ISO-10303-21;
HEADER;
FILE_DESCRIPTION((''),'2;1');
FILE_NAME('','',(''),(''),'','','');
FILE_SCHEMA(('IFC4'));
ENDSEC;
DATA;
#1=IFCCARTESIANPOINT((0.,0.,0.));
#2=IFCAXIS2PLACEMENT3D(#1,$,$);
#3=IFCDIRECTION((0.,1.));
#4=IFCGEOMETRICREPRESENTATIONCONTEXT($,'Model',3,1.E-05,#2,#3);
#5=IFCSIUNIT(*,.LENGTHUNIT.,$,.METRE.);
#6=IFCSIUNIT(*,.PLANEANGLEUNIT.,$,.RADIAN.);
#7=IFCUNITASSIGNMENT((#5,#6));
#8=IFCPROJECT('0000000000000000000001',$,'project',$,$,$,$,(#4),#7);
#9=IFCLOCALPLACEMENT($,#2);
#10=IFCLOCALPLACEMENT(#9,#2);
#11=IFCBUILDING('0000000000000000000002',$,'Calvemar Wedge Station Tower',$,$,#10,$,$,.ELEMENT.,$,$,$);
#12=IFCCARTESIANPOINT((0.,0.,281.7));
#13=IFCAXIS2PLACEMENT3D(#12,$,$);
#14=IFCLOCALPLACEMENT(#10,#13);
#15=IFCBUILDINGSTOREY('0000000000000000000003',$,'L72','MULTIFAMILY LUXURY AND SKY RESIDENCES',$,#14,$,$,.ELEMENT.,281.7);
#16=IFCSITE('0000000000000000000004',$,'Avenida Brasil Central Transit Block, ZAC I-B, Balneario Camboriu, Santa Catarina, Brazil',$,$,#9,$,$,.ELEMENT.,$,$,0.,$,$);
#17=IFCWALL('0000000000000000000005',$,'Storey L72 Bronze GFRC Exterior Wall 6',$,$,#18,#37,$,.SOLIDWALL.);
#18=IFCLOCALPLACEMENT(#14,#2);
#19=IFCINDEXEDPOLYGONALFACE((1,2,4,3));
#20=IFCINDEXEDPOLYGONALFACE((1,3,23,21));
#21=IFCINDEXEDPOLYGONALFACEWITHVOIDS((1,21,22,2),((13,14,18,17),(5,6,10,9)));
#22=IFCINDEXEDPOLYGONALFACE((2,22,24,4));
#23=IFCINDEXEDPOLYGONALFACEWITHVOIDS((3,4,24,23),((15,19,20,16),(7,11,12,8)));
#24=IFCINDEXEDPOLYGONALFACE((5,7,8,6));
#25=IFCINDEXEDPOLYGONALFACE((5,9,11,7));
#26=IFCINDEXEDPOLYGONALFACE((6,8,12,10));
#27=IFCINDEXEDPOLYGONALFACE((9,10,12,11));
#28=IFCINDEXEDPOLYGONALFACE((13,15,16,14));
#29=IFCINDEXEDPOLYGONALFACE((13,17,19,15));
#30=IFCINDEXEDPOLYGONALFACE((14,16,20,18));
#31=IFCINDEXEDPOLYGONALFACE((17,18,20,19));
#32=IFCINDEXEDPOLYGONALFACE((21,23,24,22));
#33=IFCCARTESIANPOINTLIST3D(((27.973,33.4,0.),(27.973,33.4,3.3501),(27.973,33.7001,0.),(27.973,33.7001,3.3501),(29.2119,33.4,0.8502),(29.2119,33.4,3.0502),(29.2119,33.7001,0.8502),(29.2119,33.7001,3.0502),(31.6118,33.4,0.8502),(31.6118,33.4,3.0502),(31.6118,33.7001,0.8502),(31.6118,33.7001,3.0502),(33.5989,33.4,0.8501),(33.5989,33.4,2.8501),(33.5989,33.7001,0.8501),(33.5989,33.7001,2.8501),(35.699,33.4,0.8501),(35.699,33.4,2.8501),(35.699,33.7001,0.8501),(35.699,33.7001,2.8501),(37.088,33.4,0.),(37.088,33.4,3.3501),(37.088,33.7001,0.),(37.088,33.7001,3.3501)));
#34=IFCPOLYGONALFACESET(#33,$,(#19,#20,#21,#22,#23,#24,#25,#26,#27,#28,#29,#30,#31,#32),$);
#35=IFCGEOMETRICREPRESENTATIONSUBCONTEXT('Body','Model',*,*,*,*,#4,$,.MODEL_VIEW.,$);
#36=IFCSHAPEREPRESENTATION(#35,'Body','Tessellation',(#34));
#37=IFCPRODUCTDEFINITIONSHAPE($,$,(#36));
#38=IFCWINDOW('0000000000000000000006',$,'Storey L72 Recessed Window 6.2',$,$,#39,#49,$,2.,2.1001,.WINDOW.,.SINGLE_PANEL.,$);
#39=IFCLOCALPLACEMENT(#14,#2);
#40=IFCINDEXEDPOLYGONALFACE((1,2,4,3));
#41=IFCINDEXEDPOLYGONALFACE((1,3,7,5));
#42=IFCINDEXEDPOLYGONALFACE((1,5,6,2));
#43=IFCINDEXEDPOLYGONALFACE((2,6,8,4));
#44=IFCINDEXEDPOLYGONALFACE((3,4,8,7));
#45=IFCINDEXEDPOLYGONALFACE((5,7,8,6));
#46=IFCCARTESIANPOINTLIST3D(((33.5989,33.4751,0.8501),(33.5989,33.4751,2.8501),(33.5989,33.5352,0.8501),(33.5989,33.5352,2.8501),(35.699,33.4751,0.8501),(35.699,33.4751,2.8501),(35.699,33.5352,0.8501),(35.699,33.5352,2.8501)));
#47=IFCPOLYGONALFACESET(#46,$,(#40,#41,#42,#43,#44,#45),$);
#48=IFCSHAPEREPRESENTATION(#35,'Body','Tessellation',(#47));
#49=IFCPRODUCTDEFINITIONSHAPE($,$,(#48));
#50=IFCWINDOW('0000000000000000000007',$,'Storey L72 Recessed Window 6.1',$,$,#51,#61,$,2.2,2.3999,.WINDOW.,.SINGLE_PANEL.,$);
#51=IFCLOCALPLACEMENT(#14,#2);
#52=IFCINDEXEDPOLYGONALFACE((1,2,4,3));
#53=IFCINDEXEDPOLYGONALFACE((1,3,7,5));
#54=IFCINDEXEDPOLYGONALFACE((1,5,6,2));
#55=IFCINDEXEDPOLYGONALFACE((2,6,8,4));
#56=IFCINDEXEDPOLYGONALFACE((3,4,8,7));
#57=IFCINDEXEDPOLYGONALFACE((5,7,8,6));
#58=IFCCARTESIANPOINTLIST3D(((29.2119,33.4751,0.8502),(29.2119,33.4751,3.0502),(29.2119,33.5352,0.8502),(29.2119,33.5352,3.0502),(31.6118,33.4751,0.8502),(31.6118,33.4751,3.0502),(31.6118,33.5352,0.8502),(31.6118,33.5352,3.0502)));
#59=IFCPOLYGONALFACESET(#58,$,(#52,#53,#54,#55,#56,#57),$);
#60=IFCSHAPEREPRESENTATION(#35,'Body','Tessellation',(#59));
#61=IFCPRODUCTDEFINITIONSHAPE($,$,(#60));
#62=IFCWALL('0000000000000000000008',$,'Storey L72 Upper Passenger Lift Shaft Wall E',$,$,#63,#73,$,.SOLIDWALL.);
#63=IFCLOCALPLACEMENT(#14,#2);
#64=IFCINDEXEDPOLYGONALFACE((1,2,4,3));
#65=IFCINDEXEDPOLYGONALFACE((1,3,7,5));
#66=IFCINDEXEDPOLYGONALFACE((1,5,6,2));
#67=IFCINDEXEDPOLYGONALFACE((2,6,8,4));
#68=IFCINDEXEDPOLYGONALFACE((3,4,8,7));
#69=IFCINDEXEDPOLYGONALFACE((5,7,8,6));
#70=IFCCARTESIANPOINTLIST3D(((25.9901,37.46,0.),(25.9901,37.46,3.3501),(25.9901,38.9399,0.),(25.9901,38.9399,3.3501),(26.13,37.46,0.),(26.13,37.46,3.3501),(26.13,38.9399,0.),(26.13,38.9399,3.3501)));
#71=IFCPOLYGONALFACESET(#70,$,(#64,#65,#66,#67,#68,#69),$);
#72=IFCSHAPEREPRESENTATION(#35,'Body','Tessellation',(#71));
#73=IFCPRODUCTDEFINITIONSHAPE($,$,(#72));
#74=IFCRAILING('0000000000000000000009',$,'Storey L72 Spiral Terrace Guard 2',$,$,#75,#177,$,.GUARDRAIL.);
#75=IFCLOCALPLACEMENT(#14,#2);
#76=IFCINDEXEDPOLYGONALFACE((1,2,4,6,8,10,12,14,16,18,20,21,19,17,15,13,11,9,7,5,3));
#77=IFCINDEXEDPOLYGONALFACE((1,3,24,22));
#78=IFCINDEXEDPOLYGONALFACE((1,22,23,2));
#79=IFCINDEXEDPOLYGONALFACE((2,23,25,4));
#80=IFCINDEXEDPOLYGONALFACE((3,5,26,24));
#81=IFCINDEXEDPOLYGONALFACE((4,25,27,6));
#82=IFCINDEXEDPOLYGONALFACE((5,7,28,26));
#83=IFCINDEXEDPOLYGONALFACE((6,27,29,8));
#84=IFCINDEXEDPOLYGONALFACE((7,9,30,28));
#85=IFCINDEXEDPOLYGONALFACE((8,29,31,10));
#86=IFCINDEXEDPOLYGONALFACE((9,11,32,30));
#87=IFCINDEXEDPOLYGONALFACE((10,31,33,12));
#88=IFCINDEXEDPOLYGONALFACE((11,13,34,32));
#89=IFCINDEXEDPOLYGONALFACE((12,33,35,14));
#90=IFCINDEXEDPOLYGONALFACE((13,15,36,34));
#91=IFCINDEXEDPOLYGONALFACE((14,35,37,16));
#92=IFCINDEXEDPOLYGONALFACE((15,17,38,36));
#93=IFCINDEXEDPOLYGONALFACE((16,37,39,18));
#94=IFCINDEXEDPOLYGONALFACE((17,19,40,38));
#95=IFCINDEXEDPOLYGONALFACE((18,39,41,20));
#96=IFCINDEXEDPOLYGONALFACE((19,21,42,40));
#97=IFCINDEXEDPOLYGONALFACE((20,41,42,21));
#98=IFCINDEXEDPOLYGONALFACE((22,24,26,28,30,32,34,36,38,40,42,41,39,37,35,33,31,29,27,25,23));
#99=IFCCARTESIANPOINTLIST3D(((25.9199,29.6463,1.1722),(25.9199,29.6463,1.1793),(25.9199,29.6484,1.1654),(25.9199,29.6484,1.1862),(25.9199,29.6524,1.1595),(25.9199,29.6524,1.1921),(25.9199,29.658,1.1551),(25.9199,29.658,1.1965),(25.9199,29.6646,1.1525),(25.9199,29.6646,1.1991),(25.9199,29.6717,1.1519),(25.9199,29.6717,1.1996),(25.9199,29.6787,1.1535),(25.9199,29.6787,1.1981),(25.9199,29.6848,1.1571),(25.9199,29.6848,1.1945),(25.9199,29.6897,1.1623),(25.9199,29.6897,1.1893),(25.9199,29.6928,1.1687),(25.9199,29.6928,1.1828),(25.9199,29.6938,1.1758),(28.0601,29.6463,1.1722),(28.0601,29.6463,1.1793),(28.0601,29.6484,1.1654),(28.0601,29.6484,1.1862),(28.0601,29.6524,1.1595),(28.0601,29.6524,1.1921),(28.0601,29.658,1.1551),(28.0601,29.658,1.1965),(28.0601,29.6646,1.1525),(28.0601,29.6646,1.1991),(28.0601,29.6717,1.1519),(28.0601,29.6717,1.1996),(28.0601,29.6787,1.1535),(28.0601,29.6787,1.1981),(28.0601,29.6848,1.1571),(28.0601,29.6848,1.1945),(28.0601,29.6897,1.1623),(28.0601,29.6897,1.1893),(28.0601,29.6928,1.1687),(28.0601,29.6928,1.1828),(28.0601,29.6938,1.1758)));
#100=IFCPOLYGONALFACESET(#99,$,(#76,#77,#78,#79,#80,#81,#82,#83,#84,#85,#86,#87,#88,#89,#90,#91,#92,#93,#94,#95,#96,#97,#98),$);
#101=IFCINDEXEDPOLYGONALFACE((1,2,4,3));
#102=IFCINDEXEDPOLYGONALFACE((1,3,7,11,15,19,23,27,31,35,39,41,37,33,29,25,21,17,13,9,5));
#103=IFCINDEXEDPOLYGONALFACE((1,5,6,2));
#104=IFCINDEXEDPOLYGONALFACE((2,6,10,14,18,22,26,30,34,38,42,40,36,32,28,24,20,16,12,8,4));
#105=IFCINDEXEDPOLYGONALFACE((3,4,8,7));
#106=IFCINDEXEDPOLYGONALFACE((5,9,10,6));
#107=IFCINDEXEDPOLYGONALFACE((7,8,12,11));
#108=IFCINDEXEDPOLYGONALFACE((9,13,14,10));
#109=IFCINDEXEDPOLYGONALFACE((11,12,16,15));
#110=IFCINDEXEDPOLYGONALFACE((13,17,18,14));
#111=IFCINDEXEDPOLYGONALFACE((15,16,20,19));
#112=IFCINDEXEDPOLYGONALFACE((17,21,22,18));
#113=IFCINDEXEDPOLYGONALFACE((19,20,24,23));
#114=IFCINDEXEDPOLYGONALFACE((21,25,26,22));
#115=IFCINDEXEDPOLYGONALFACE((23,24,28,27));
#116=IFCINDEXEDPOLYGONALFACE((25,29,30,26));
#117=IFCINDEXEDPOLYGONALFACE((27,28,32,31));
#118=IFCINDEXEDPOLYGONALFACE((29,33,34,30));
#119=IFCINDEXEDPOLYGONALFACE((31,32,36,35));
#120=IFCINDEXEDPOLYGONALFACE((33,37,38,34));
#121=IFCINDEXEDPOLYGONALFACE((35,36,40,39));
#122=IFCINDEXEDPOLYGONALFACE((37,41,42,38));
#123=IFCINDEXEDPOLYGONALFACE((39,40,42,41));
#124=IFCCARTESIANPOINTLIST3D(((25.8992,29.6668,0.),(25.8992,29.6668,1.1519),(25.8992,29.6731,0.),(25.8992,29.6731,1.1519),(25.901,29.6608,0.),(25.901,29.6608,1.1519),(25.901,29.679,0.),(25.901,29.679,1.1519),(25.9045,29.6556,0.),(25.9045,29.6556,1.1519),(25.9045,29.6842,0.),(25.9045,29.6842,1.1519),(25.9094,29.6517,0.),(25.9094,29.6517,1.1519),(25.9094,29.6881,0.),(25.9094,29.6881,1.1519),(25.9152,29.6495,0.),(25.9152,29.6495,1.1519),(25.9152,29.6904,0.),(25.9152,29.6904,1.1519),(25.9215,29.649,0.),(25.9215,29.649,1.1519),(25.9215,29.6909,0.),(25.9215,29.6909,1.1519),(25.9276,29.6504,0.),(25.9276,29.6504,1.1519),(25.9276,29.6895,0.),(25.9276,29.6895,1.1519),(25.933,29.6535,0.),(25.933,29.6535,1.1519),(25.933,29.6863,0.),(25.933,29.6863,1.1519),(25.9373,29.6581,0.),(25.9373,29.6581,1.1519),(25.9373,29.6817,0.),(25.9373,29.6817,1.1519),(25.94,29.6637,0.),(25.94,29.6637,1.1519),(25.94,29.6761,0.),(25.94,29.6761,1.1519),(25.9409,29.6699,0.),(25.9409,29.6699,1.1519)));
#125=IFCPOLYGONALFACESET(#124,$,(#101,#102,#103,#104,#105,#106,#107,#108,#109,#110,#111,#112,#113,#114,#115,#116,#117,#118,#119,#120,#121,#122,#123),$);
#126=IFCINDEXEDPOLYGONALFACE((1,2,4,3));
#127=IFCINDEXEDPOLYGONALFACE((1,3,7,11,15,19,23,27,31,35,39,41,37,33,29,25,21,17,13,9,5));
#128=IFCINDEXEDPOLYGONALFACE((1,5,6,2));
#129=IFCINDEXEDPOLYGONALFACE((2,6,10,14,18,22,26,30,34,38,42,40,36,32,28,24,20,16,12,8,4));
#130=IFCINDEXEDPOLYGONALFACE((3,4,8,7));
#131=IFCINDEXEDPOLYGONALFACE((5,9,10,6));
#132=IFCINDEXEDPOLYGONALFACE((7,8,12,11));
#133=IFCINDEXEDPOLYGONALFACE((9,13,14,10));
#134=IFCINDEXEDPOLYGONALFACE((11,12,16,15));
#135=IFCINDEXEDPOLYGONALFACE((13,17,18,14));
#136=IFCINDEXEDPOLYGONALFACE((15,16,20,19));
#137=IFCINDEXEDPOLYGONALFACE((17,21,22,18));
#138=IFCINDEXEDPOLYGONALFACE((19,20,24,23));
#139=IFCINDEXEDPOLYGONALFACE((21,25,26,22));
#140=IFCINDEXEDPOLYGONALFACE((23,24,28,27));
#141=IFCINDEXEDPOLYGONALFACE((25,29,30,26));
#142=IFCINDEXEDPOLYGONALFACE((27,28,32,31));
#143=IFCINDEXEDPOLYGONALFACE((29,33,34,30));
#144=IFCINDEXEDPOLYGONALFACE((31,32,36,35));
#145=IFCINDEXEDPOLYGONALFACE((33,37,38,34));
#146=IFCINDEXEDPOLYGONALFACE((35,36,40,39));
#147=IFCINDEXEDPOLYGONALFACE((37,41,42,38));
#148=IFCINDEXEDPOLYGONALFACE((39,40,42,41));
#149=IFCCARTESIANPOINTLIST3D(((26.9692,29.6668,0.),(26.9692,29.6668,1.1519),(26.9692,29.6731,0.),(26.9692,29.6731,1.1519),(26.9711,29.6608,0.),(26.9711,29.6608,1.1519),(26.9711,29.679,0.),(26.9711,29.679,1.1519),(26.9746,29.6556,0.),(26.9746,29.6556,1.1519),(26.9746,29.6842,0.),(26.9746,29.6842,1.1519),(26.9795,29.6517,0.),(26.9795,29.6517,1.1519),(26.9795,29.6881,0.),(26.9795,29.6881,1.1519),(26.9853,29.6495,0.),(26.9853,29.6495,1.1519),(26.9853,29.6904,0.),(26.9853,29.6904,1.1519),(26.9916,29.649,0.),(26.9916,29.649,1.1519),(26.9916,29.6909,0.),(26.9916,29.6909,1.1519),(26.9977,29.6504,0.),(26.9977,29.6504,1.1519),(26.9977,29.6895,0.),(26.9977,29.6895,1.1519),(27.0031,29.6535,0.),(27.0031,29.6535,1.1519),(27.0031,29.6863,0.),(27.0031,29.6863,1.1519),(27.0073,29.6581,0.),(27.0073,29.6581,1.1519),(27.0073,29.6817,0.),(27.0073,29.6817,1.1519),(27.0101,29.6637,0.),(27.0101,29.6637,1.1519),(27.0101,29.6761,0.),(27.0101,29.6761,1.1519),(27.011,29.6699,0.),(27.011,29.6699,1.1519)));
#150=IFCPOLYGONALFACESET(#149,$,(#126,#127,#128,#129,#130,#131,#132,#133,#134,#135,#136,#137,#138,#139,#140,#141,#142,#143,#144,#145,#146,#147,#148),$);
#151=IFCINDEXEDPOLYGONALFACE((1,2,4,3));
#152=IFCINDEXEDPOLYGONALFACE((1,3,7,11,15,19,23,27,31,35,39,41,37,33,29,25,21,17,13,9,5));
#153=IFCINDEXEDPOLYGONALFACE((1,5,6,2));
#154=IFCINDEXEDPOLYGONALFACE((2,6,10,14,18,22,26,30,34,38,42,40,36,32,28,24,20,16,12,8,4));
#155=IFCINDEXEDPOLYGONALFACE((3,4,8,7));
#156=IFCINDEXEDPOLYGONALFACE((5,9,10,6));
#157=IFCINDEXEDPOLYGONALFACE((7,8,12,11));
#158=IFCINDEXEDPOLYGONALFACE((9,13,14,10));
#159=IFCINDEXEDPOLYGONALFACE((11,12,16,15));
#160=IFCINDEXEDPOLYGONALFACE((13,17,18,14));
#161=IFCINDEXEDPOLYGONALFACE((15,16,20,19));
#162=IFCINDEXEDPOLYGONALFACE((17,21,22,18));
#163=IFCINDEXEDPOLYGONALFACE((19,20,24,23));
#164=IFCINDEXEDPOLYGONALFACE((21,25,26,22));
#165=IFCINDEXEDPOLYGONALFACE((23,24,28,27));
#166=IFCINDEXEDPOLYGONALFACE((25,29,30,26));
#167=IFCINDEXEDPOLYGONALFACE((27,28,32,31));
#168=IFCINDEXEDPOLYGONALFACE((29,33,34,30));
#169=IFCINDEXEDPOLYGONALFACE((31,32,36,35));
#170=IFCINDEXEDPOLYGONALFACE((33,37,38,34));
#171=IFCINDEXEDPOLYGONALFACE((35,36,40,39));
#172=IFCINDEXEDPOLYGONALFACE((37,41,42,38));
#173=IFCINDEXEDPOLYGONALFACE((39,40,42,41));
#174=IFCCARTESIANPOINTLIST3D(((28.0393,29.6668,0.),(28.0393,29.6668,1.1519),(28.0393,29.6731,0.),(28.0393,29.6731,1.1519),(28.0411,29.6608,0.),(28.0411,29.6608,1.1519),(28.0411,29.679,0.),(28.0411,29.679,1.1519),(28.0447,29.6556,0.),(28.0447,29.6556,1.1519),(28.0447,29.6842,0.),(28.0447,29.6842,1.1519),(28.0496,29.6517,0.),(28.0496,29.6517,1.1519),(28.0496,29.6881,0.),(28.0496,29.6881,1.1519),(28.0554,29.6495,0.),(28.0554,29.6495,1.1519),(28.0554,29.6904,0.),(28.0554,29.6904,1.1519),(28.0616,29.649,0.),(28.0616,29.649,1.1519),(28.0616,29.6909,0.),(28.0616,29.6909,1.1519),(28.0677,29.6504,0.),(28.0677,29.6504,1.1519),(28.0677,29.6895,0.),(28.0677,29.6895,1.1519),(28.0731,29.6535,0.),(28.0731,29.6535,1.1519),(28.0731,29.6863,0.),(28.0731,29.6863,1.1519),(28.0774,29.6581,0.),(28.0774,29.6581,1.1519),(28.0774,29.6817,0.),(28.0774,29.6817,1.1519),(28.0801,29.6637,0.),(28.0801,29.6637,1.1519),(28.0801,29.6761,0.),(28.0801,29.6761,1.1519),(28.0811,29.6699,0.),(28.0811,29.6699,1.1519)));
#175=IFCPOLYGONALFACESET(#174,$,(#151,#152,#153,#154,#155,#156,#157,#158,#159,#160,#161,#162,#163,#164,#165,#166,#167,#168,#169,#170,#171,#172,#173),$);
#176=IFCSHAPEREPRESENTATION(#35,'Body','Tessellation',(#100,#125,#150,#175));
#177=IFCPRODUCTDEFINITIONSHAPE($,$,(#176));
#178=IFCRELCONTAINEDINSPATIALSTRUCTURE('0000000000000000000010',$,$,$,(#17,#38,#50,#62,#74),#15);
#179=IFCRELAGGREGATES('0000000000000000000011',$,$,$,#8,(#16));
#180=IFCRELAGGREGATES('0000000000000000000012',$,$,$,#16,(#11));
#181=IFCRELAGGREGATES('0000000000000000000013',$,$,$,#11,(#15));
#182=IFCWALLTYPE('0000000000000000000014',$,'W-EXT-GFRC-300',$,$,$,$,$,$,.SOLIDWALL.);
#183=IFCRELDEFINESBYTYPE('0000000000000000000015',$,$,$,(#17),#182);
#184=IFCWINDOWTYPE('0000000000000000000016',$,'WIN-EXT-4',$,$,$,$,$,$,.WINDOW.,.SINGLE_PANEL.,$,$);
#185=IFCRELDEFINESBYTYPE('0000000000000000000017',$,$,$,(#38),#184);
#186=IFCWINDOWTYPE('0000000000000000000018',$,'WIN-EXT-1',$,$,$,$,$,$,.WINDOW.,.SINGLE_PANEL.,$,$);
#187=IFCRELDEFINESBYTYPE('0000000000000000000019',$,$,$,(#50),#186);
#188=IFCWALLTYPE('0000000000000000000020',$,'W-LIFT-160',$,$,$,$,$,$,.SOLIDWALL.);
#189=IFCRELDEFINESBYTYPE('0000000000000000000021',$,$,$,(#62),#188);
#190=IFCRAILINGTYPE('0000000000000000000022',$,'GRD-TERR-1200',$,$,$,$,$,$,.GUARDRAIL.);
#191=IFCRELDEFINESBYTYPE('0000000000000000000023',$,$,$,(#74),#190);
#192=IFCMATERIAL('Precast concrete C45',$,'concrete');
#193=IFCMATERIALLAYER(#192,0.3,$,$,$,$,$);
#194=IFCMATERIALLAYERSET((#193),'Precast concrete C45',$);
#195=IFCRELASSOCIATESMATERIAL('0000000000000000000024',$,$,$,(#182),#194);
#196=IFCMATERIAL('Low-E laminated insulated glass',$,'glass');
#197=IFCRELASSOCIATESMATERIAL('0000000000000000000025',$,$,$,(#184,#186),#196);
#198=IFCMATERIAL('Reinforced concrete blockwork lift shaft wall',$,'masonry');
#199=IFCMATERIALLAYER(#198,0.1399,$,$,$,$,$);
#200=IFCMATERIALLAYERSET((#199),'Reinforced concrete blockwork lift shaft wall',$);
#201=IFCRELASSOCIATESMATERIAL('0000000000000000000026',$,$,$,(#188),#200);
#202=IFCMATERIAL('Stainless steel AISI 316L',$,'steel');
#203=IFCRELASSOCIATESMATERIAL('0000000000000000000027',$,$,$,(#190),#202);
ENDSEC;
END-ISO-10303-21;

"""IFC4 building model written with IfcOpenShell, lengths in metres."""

from ifc_helpers import new_model, si_unit, direction, frame, frame_2d, origin, origin_2d, place, context, subcontext, project, spatial, rectangle, circle, extrude, source, transform, mapped, material, layer, layer_set, type_object, element, fill, save


model = new_model("IFC4")

# Units and contexts
model_context = context("Model", 3, precision=1e-05, world=origin(), true_north=direction((0.0, 1.0)))
body_context = subcontext(model_context, "Body", "Model", "MODEL_VIEW")
ifc_project = project(units=[si_unit("LENGTHUNIT", "METRE"), si_unit("PLANEANGLEUNIT", "RADIAN")], contexts=[model_context])

# Site, building, storey
site_placement = place(None, origin())
site = spatial("IfcSite", under=ifc_project, at=site_placement, Name="Avenida Brasil Central Transit Block, ZAC I-B, Balneario Camboriu, Santa Catarina, Brazil", CompositionType="ELEMENT", RefElevation=0.0)
building_placement = place(site_placement, origin())
building = spatial("IfcBuilding", under=site, at=building_placement, Name="Calvemar Wedge Station Tower", CompositionType="ELEMENT")
storey_placement = place(building_placement, frame((0.0, 0.0, 281.7)))
storey = spatial("IfcBuildingStorey", under=building, at=storey_placement, Name="L72", Description="MULTIFAMILY LUXURY AND SKY RESIDENCES", CompositionType="ELEMENT", Elevation=281.7)

# Shared definitions
ifc_material_1 = material(Name="Precast concrete C45", Category="concrete")

# Shared definitions
ifc_layer_1 = layer(ifc_material_1, 0.3)
ifc_layer_set_1 = layer_set([ifc_layer_1], Name="Precast concrete C45")
wall_type_1 = type_object("IfcWallType", Name="W-EXT-GFRC-300", PredefinedType="SOLIDWALL", material=ifc_layer_set_1)
shared_shape_1 = source(origin(), body_context, "Body", "SweptSolid", [
    extrude(rectangle(XDim=2.1001, YDim=2.0, at=frame_2d((1.05, 1.0))), frame((0.0, 0.1602, 0.0), z_axis=(0.0, -1.0, 0.0), x_axis=(1.0, 0.0, 0.0)), (0.0, 0.0, 1.0), 0.3201),
])
ifc_material_2 = material(Name="Low-E laminated insulated glass", Category="glass")
window_type_1 = type_object("IfcWindowType", Name="WIN-EXT-4", PartitioningType="SINGLE_PANEL", PredefinedType="WINDOW", material=ifc_material_2)
shared_shape_2 = source(origin(), body_context, "Body", "SweptSolid", [
    extrude(rectangle(XDim=2.1001, YDim=2.0, at=frame_2d((1.05, 1.0))), frame((0.0, -0.0149, 0.0), z_axis=(0.0, -1.0, 0.0), x_axis=(1.0, 0.0, 0.0)), (0.0, 0.0, 1.0), 0.0601),
])

# Wall, openings, windows
wall_1_placement = place(storey_placement, frame((27.9729, 33.55, 0.0), z_axis=(0.0, 0.0, 1.0), x_axis=(1.0, 0.0, 0.0)))
wall_1 = element("IfcWall", 1, at=wall_1_placement, inside=storey, type_object=wall_type_1, Name="Storey L72 Bronze GFRC Exterior Wall 6", PredefinedType="SOLIDWALL", context=body_context, shape_type="SweptSolid", body=[
    extrude(rectangle(XDim=9.115, YDim=0.3, at=frame_2d((4.5576, 0.0))), origin(), (0.0, 0.0, 1.0), 3.3501),
])
shared_shape_3 = source(origin(), body_context, "Body", "SweptSolid", [
    extrude(rectangle(XDim=2.3999, YDim=2.2, at=frame_2d((1.2, 1.1001))), frame((0.0, 0.1602, 0.0), z_axis=(0.0, -1.0, 0.0), x_axis=(1.0, 0.0, 0.0)), (0.0, 0.0, 1.0), 0.3201),
])
opening_1_placement = place(wall_1_placement, frame((1.239, 0.0, 0.8501)))
opening_1 = element("IfcOpeningElement", 2, at=opening_1_placement, cuts=wall_1, PredefinedType="OPENING", context=body_context, shape_type="MappedRepresentation", body=[
    mapped(shared_shape_3, transform((0.0, 0.0, 0.0), scale=1.0)),
])
opening_2_placement = place(wall_1_placement, frame((5.626, 0.0, 0.8501)))
opening_2 = element("IfcOpeningElement", 3, at=opening_2_placement, cuts=wall_1, PredefinedType="OPENING", context=body_context, shape_type="MappedRepresentation", body=[
    mapped(shared_shape_1, transform((0.0, 0.0, 0.0), scale=1.0)),
])
window_1_placement = place(opening_2_placement, origin())
window_1 = element("IfcWindow", 4, at=window_1_placement, inside=storey, type_object=window_type_1, Name="Storey L72 Recessed Window 6.2", OverallHeight=2.0, OverallWidth=2.1001, PartitioningType="SINGLE_PANEL", PredefinedType="WINDOW", context=body_context, shape_type="MappedRepresentation", body=[
    mapped(shared_shape_2, transform((0.0, 0.0, 0.0), scale=1.0)),
])
fill(opening_2, window_1)
window_type_2 = type_object("IfcWindowType", Name="WIN-EXT-1", PartitioningType="SINGLE_PANEL", PredefinedType="WINDOW", material=ifc_material_2)
shared_shape_4 = source(origin(), body_context, "Body", "SweptSolid", [
    extrude(rectangle(XDim=2.3999, YDim=2.2, at=frame_2d((1.2, 1.1001))), frame((0.0, -0.0149, 0.0), z_axis=(0.0, -1.0, 0.0), x_axis=(1.0, 0.0, 0.0)), (0.0, 0.0, 1.0), 0.0601),
])
window_2_placement = place(opening_1_placement, origin())
window_2 = element("IfcWindow", 5, at=window_2_placement, inside=storey, type_object=window_type_2, Name="Storey L72 Recessed Window 6.1", OverallHeight=2.2, OverallWidth=2.3999, PartitioningType="SINGLE_PANEL", PredefinedType="WINDOW", context=body_context, shape_type="MappedRepresentation", body=[
    mapped(shared_shape_4, transform((0.0, 0.0, 0.0), scale=1.0)),
])
fill(opening_1, window_2)

# Wall
ifc_material_3 = material(Name="Reinforced concrete blockwork lift shaft wall", Category="masonry")
ifc_layer_2 = layer(ifc_material_3, 0.1399)
ifc_layer_set_2 = layer_set([ifc_layer_2], Name="Reinforced concrete blockwork lift shaft wall")
wall_type_2 = type_object("IfcWallType", Name="W-LIFT-160", PredefinedType="SOLIDWALL", material=ifc_layer_set_2)
wall_2_placement = place(storey_placement, frame((26.0601, 37.46, 0.0), z_axis=(0.0, 0.0, 1.0), x_axis=(0.0, 1.0, 0.0)))
element("IfcWall", 6, at=wall_2_placement, inside=storey, type_object=wall_type_2, Name="Storey L72 Upper Passenger Lift Shaft Wall E", PredefinedType="SOLIDWALL", context=body_context, shape_type="SweptSolid", body=[
    extrude(rectangle(XDim=1.48, YDim=0.1399, at=frame_2d((0.74, 0.0))), origin(), (0.0, 0.0, 1.0), 3.3501),
])

# Railing
ifc_material_4 = material(Name="Stainless steel AISI 316L", Category="steel")
railing_type = type_object("IfcRailingType", Name="GRD-TERR-1200", PredefinedType="GUARDRAIL", material=ifc_material_4)
railing_placement = place(storey_placement, frame((25.9199, 29.6699, 0.0)))
element("IfcRailing", 7, at=railing_placement, inside=storey, type_object=railing_type, Name="Storey L72 Spiral Terrace Guard 2", PredefinedType="GUARDRAIL", context=body_context, shape_type="SweptSolid", body=[
    extrude(circle(Radius=0.0239, at=origin_2d()), frame((0.0, 0.0, 1.1758), z_axis=(1.0, 0.0, 0.0), x_axis=(0.0, 1.0, 0.0)), (0.0, 0.0, 1.0), 2.1401),
    extrude(circle(Radius=0.021, at=origin_2d()), origin(), (0.0, 0.0, 1.0), 1.1519),
    extrude(circle(Radius=0.021, at=origin_2d()), frame((1.0701, 0.0, 0.0)), (0.0, 0.0, 1.0), 1.1519),
    extrude(circle(Radius=0.021, at=origin_2d()), frame((2.1401, 0.0, 0.0)), (0.0, 0.0, 1.0), 1.1519),
])

save(model, "model.ifc")
